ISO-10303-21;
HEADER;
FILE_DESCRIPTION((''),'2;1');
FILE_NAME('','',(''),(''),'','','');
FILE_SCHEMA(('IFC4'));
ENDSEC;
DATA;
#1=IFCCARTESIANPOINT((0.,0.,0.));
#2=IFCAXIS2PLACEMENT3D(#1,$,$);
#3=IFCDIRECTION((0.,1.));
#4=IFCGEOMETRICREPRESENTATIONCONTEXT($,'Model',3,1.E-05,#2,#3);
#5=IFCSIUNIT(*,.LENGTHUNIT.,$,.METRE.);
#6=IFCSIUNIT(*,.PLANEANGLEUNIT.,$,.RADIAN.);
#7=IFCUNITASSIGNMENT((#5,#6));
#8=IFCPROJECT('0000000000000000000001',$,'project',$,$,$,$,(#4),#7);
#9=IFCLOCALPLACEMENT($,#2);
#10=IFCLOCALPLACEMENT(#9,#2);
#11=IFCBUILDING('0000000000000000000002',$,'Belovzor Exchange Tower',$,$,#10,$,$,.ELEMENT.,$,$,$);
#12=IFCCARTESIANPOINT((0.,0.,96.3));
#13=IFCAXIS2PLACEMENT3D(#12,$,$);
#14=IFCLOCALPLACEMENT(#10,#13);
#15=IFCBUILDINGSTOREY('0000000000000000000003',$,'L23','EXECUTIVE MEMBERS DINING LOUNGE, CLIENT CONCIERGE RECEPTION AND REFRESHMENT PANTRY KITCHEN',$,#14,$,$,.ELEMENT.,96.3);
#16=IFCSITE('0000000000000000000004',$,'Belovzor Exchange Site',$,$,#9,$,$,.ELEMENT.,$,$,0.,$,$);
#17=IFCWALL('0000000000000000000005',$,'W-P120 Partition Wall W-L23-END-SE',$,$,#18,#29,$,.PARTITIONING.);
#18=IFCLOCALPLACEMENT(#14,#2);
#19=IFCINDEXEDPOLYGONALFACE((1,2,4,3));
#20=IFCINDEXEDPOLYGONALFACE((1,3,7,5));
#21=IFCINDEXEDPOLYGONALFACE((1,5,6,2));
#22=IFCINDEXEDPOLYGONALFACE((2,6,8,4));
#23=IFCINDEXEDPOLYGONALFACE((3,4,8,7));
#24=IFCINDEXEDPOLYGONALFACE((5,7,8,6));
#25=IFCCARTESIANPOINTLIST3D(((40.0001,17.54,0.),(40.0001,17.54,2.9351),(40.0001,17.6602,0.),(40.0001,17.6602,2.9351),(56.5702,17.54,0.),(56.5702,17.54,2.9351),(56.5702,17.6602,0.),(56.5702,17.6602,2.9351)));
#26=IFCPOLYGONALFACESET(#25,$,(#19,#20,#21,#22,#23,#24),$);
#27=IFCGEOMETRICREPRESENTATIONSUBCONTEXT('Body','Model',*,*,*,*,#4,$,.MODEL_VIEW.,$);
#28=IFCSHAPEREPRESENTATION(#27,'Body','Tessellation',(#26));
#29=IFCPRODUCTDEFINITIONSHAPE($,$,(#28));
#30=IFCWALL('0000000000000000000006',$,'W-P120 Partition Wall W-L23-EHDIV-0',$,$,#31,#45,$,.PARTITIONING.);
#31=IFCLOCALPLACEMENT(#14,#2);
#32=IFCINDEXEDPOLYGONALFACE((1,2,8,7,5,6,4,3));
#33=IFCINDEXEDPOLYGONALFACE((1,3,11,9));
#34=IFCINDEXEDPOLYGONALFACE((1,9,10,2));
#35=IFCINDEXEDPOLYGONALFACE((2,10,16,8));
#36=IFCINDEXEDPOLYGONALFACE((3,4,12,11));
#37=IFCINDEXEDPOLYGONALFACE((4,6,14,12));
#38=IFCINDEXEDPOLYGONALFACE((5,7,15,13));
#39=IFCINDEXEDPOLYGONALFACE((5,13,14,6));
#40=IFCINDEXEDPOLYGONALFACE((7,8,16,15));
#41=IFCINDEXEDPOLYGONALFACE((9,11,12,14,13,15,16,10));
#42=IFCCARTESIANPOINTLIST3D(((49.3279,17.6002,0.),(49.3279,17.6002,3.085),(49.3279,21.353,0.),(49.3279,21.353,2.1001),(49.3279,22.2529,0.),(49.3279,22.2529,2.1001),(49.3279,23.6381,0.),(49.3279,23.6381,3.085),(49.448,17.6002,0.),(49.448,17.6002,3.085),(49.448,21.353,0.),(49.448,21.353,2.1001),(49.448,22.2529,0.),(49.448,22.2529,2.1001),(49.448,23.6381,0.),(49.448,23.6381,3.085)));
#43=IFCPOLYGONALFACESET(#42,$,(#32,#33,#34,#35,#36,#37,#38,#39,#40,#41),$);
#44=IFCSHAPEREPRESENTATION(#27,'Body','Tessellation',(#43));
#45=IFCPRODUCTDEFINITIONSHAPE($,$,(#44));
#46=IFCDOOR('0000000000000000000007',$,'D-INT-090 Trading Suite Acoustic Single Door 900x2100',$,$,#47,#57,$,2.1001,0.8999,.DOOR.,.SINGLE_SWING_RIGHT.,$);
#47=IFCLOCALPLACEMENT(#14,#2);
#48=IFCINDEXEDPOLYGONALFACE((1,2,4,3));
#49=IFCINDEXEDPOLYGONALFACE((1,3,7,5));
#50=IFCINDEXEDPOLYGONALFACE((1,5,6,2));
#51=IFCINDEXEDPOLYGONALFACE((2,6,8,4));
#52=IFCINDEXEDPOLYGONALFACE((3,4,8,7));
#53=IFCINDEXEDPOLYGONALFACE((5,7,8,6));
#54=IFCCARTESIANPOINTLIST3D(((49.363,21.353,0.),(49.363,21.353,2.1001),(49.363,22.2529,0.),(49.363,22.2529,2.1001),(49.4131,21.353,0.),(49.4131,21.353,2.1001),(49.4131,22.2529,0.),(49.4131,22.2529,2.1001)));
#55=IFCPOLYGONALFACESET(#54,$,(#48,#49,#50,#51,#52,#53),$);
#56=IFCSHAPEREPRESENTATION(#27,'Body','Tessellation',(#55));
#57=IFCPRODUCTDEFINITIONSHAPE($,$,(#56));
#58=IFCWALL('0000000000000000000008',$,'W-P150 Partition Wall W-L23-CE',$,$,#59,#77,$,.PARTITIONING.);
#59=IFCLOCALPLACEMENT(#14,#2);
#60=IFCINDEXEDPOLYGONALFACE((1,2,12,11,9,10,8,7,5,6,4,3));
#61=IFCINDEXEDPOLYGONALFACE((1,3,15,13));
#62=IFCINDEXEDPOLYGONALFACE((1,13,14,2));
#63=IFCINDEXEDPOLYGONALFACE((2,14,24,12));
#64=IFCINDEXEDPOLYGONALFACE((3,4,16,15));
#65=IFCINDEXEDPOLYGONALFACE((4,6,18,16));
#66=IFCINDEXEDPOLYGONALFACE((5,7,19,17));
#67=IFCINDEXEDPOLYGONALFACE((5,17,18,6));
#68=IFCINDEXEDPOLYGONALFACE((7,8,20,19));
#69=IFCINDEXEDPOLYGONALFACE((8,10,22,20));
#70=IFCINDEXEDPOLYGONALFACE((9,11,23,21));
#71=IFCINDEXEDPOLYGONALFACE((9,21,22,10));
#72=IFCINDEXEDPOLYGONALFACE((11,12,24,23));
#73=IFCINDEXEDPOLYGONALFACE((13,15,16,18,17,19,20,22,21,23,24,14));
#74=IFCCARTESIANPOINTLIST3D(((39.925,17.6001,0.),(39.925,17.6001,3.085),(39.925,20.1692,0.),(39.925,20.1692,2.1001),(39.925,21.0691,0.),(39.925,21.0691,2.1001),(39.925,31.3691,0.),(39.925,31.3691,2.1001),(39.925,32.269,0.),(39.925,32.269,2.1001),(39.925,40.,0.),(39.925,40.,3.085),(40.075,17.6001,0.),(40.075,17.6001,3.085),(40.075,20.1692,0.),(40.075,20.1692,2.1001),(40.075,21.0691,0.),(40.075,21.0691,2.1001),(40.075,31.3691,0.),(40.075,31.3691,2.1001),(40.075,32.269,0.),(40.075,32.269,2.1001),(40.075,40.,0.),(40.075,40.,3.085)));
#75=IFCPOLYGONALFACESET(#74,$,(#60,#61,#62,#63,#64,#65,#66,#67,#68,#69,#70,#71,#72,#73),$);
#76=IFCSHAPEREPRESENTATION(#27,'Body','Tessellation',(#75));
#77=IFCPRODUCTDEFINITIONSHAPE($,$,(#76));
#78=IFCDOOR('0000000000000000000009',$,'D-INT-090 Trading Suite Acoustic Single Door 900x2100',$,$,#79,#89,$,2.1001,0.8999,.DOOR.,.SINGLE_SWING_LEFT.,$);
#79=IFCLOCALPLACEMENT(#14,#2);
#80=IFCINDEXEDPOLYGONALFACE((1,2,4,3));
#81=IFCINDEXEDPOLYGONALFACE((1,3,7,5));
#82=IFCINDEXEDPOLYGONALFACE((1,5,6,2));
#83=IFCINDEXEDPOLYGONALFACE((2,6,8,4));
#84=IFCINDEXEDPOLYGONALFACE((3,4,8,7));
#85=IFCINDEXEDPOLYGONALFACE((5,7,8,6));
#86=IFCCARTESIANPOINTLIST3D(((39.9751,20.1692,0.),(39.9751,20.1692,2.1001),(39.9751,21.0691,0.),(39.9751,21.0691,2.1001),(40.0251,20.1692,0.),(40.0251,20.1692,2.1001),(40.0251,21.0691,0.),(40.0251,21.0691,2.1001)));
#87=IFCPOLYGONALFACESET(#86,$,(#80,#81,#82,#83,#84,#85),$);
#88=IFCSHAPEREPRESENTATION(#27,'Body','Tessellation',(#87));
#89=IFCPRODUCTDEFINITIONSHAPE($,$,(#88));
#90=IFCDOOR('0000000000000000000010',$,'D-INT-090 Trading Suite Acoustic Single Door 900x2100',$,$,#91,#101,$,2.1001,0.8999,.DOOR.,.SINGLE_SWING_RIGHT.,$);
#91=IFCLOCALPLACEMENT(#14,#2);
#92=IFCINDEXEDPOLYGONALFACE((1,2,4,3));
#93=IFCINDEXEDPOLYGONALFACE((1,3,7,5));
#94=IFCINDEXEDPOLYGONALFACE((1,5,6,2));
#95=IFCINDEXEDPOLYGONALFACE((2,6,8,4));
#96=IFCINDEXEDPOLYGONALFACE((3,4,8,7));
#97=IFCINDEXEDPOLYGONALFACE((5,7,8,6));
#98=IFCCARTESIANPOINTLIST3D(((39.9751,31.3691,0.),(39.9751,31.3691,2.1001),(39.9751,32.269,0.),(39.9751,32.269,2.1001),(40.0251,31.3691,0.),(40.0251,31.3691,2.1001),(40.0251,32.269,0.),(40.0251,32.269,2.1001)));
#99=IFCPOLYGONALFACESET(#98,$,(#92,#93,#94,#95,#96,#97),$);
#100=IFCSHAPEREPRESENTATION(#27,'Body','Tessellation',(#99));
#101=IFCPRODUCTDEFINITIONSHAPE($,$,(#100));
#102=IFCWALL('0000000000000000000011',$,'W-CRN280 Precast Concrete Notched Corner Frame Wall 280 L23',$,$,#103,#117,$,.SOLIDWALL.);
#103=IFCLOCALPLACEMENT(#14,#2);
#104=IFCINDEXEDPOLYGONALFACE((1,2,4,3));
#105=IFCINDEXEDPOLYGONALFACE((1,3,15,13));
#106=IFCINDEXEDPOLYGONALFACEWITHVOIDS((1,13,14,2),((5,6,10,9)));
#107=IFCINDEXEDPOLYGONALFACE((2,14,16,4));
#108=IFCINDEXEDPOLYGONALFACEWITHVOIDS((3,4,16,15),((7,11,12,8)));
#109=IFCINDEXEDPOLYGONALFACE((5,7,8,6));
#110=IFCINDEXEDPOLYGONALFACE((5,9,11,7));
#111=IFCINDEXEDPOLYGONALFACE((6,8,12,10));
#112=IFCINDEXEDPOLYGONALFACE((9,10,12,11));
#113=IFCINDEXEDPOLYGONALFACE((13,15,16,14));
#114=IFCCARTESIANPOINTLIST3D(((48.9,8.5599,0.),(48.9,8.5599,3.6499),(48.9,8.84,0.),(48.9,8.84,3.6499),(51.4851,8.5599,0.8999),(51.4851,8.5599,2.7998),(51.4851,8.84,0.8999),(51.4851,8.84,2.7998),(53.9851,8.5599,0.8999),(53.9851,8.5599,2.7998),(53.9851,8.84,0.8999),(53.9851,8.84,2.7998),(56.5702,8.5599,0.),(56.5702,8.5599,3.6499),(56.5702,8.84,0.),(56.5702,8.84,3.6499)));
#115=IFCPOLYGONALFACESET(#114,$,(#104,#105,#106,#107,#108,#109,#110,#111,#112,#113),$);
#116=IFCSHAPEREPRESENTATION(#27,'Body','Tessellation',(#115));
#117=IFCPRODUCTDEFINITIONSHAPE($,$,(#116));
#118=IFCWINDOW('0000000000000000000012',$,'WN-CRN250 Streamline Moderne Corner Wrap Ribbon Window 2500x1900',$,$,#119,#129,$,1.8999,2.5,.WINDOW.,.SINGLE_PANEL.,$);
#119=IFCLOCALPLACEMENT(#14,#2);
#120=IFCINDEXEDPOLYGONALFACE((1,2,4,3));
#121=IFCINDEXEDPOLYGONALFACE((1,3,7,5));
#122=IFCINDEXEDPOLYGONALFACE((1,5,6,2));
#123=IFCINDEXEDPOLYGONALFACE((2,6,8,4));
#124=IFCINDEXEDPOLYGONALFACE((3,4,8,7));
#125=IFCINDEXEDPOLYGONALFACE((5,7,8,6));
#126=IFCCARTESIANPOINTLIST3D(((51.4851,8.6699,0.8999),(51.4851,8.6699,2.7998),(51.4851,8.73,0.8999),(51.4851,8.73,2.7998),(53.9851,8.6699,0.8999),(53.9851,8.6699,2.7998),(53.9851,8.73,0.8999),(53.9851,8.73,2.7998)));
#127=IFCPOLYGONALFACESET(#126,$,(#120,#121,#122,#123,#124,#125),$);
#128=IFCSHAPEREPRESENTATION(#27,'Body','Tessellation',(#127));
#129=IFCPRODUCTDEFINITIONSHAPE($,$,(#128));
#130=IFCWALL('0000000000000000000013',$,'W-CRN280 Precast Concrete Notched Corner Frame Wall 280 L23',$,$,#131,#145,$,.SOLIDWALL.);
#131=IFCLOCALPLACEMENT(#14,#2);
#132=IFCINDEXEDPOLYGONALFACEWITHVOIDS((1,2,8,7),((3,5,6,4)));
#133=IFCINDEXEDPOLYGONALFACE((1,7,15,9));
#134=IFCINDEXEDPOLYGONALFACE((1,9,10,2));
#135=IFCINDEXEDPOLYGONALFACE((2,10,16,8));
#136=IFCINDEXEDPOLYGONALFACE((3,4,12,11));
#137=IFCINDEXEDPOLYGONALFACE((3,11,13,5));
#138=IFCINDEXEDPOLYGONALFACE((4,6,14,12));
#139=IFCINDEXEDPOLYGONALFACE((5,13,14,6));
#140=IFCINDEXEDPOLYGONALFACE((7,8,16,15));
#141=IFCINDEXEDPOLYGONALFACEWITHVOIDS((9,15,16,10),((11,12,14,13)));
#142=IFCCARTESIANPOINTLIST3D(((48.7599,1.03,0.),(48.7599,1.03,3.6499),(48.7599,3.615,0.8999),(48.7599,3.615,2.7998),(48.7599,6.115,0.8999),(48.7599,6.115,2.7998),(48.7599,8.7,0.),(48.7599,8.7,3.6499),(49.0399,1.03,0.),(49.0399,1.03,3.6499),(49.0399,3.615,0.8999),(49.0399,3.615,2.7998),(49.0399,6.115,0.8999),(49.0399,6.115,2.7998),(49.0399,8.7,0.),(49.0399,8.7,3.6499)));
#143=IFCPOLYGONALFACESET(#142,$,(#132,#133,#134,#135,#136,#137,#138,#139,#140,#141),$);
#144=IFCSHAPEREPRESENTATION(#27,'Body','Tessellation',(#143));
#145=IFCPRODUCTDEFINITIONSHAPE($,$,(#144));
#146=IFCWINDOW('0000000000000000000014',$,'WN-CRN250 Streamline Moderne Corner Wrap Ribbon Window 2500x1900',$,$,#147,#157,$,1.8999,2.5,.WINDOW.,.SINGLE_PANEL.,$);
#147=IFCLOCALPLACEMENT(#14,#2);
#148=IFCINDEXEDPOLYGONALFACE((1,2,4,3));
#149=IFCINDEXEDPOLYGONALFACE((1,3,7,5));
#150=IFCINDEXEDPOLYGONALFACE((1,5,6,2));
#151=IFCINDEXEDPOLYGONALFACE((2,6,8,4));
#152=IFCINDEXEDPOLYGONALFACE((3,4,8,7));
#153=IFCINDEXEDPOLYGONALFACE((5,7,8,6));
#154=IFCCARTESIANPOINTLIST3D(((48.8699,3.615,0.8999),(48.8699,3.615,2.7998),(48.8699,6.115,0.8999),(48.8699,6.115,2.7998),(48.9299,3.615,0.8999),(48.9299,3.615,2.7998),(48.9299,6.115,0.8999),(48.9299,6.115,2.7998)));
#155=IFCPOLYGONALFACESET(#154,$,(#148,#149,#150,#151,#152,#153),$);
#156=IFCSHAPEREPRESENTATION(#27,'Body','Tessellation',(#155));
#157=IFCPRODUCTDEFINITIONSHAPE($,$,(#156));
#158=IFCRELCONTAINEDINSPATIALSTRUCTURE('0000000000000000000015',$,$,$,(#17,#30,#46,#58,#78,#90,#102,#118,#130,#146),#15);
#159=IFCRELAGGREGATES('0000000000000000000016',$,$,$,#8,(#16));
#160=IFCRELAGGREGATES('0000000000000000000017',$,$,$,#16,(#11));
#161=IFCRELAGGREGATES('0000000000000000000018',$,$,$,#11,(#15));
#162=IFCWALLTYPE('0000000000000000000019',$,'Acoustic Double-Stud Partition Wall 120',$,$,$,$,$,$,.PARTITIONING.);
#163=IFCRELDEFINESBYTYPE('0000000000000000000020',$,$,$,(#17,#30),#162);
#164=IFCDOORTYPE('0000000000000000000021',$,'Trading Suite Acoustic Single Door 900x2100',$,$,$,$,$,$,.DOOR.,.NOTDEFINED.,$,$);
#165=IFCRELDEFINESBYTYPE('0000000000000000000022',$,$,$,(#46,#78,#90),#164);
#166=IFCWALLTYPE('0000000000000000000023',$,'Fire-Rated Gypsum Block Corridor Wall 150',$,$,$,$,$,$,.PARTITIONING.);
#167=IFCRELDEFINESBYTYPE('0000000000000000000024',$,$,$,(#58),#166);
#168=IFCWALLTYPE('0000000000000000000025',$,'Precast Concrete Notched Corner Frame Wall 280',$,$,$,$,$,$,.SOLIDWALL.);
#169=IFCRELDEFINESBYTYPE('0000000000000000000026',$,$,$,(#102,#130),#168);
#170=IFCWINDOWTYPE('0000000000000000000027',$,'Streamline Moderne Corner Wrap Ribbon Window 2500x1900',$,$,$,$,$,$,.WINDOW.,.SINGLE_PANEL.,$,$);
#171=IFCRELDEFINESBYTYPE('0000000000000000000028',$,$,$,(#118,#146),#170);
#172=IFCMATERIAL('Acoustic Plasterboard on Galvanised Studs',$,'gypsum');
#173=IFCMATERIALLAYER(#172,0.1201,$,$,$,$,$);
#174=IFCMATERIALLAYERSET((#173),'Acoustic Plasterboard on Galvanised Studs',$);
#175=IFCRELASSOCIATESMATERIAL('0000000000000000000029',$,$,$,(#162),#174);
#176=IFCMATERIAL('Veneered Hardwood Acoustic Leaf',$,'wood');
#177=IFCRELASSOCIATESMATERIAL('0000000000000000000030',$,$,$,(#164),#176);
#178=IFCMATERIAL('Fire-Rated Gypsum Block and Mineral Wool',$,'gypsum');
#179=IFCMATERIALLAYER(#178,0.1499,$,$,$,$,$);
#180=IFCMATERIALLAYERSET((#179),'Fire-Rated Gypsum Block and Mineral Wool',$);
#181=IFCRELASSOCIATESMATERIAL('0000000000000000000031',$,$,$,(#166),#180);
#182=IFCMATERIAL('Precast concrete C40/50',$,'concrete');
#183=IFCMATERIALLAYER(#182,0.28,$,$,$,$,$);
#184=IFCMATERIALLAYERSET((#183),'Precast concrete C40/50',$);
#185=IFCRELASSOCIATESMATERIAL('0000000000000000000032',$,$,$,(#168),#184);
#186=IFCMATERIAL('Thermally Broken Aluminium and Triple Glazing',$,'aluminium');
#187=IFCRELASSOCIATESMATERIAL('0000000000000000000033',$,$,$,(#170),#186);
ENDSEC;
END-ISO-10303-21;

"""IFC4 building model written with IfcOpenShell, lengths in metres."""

from ifc_helpers import new_model, si_unit, direction, frame, frame_2d, origin, place, context, subcontext, project, spatial, rectangle, extrude, material, layer, layer_set, type_object, element, fill, save


model = new_model("IFC4")

# Units and contexts
model_context = context("Model", 3, precision=1e-05, world=origin(), true_north=direction((0.0, 1.0)))
body_context = subcontext(model_context, "Body", "Model", "MODEL_VIEW")
ifc_project = project(units=[si_unit("LENGTHUNIT", "METRE"), si_unit("PLANEANGLEUNIT", "RADIAN")], contexts=[model_context])

# Site, building, storey
site_placement = place(None, origin())
site = spatial("IfcSite", under=ifc_project, at=site_placement, Name="Belovzor Exchange Site", CompositionType="ELEMENT", RefElevation=0.0)
building_placement = place(site_placement, origin())
building = spatial("IfcBuilding", under=site, at=building_placement, Name="Belovzor Exchange Tower", CompositionType="ELEMENT")
storey_placement = place(building_placement, frame((0.0, 0.0, 96.3)))
storey = spatial("IfcBuildingStorey", under=building, at=storey_placement, Name="L23", Description="EXECUTIVE MEMBERS DINING LOUNGE, CLIENT CONCIERGE RECEPTION AND REFRESHMENT PANTRY KITCHEN", CompositionType="ELEMENT", Elevation=96.3)

# Wall
ifc_material_1 = material(Name="Acoustic Plasterboard on Galvanised Studs", Category="gypsum")
ifc_layer_1 = layer(ifc_material_1, 0.1201)
ifc_layer_set_1 = layer_set([ifc_layer_1], Name="Acoustic Plasterboard on Galvanised Studs")
wall_type_1 = type_object("IfcWallType", Name="Acoustic Double-Stud Partition Wall 120", PredefinedType="PARTITIONING", material=ifc_layer_set_1)
wall_1_placement = place(storey_placement, frame((40.0, 17.6001, 0.0), z_axis=(0.0, 0.0, 1.0), x_axis=(1.0, 0.0, 0.0)))
element("IfcWall", 1, at=wall_1_placement, inside=storey, type_object=wall_type_1, Name="W-P120 Partition Wall W-L23-END-SE", PredefinedType="PARTITIONING", context=body_context, shape_type="SweptSolid", body=[
    extrude(rectangle(XDim=16.5701, YDim=0.1201, at=frame_2d((8.2852, 0.0))), origin(), (0.0, 0.0, 1.0), 2.9351),
])

# Wall, opening, door
wall_2_placement = place(storey_placement, frame((49.3879, 17.6001, 0.0), z_axis=(0.0, 0.0, 1.0), x_axis=(0.0, 1.0, 0.0)))
wall_2 = element("IfcWall", 2, at=wall_2_placement, inside=storey, type_object=wall_type_1, Name="W-P120 Partition Wall W-L23-EHDIV-0", PredefinedType="PARTITIONING", context=body_context, shape_type="SweptSolid", body=[
    extrude(rectangle(XDim=6.0378, YDim=0.1201, at=frame_2d((3.019, 0.0))), origin(), (0.0, 0.0, 1.0), 3.085),
])
opening_1_placement = place(wall_2_placement, frame((3.7529, 0.0, 0.0)))
opening_1 = element("IfcOpeningElement", 3, at=opening_1_placement, cuts=wall_2, PredefinedType="OPENING", context=body_context, shape_type="SweptSolid", body=[
    extrude(rectangle(XDim=0.8999, YDim=2.1001, at=frame_2d((0.45, 1.05))), frame((0.0, 0.0701, 0.0), z_axis=(0.0, -1.0, 0.0), x_axis=(1.0, 0.0, 0.0)), (0.0, 0.0, 1.0), 0.1401),
])
ifc_material_2 = material(Name="Veneered Hardwood Acoustic Leaf", Category="wood")
door_type_1 = type_object("IfcDoorType", Name="Trading Suite Acoustic Single Door 900x2100", OperationType="NOTDEFINED", PredefinedType="DOOR", material=ifc_material_2)
door_1_placement = place(opening_1_placement, origin())
door_1 = element("IfcDoor", 4, at=door_1_placement, inside=storey, type_object=door_type_1, Name="D-INT-090 Trading Suite Acoustic Single Door 900x2100", OperationType="SINGLE_SWING_RIGHT", OverallHeight=2.1001, OverallWidth=0.8999, PredefinedType="DOOR", context=body_context, shape_type="SweptSolid", body=[
    extrude(rectangle(XDim=0.8999, YDim=2.1001, at=frame_2d((0.45, 1.05))), frame((0.0, 0.0249, 0.0), z_axis=(0.0, -1.0, 0.0), x_axis=(1.0, 0.0, 0.0)), (0.0, 0.0, 1.0), 0.05),
])
fill(opening_1, door_1)

# Wall, openings, doors
ifc_material_3 = material(Name="Fire-Rated Gypsum Block and Mineral Wool", Category="gypsum")
ifc_layer_2 = layer(ifc_material_3, 0.1499)
ifc_layer_set_2 = layer_set([ifc_layer_2], Name="Fire-Rated Gypsum Block and Mineral Wool")
wall_type_2 = type_object("IfcWallType", Name="Fire-Rated Gypsum Block Corridor Wall 150", PredefinedType="PARTITIONING", material=ifc_layer_set_2)
wall_3_placement = place(storey_placement, frame((40.0, 17.6001, 0.0), z_axis=(0.0, 0.0, 1.0), x_axis=(0.0, 1.0, 0.0)))
wall_3 = element("IfcWall", 5, at=wall_3_placement, inside=storey, type_object=wall_type_2, Name="W-P150 Partition Wall W-L23-CE", PredefinedType="PARTITIONING", context=body_context, shape_type="SweptSolid", body=[
    extrude(rectangle(XDim=22.3999, YDim=0.1499, at=frame_2d((11.2, 0.0))), origin(), (0.0, 0.0, 1.0), 3.085),
])
opening_2_placement = place(wall_3_placement, frame((2.5691, 0.0, 0.0)))
opening_2 = element("IfcOpeningElement", 6, at=opening_2_placement, cuts=wall_3, PredefinedType="OPENING", context=body_context, shape_type="SweptSolid", body=[
    extrude(rectangle(XDim=0.8999, YDim=2.1001, at=frame_2d((0.45, 1.05))), frame((0.0, 0.085, 0.0), z_axis=(0.0, -1.0, 0.0), x_axis=(1.0, 0.0, 0.0)), (0.0, 0.0, 1.0), 0.1699),
])
opening_3_placement = place(wall_3_placement, frame((13.769, 0.0, 0.0)))
opening_3 = element("IfcOpeningElement", 7, at=opening_3_placement, cuts=wall_3, PredefinedType="OPENING", context=body_context, shape_type="SweptSolid", body=[
    extrude(rectangle(XDim=0.8999, YDim=2.1001, at=frame_2d((0.45, 1.05))), frame((0.0, 0.085, 0.0), z_axis=(0.0, -1.0, 0.0), x_axis=(1.0, 0.0, 0.0)), (0.0, 0.0, 1.0), 0.1699),
])
door_2_placement = place(opening_2_placement, origin())
door_2 = element("IfcDoor", 8, at=door_2_placement, inside=storey, type_object=door_type_1, Name="D-INT-090 Trading Suite Acoustic Single Door 900x2100", OperationType="SINGLE_SWING_LEFT", OverallHeight=2.1001, OverallWidth=0.8999, PredefinedType="DOOR", context=body_context, shape_type="SweptSolid", body=[
    extrude(rectangle(XDim=0.8999, YDim=2.1001, at=frame_2d((0.45, 1.05))), frame((0.0, 0.0249, 0.0), z_axis=(0.0, -1.0, 0.0), x_axis=(1.0, 0.0, 0.0)), (0.0, 0.0, 1.0), 0.05),
])
fill(opening_2, door_2)
door_3_placement = place(opening_3_placement, origin())
door_3 = element("IfcDoor", 9, at=door_3_placement, inside=storey, type_object=door_type_1, Name="D-INT-090 Trading Suite Acoustic Single Door 900x2100", OperationType="SINGLE_SWING_RIGHT", OverallHeight=2.1001, OverallWidth=0.8999, PredefinedType="DOOR", context=body_context, shape_type="SweptSolid", body=[
    extrude(rectangle(XDim=0.8999, YDim=2.1001, at=frame_2d((0.45, 1.05))), frame((0.0, 0.0249, 0.0), z_axis=(0.0, -1.0, 0.0), x_axis=(1.0, 0.0, 0.0)), (0.0, 0.0, 1.0), 0.05),
])
fill(opening_3, door_3)

# Walls, openings, windows
ifc_material_4 = material(Name="Precast concrete C40/50", Category="concrete")
ifc_layer_3 = layer(ifc_material_4, 0.28)
ifc_layer_set_3 = layer_set([ifc_layer_3], Name="Precast concrete C40/50")
wall_type_3 = type_object("IfcWallType", Name="Precast Concrete Notched Corner Frame Wall 280", PredefinedType="SOLIDWALL", material=ifc_layer_set_3)
wall_4_placement = place(storey_placement, frame((56.5701, 8.7, 0.0), z_axis=(0.0, 0.0, 1.0), x_axis=(-1.0, 0.0, 0.0)))
wall_4 = element("IfcWall", 10, at=wall_4_placement, inside=storey, type_object=wall_type_3, Name="W-CRN280 Precast Concrete Notched Corner Frame Wall 280 L23", PredefinedType="SOLIDWALL", context=body_context, shape_type="SweptSolid", body=[
    extrude(rectangle(XDim=7.6702, YDim=0.28, at=frame_2d((3.835, 0.0))), origin(), (0.0, 0.0, 1.0), 3.6499),
])
opening_4_placement = place(wall_4_placement, frame((2.585, 0.0, 0.8999)))
opening_4 = element("IfcOpeningElement", 11, at=opening_4_placement, cuts=wall_4, PredefinedType="OPENING", context=body_context, shape_type="SweptSolid", body=[
    extrude(rectangle(XDim=2.5, YDim=1.8999, at=frame_2d((1.25, 0.95))), frame((0.0, 0.1499, 0.0), z_axis=(0.0, -1.0, 0.0), x_axis=(1.0, 0.0, 0.0)), (0.0, 0.0, 1.0), 0.3),
])
ifc_material_5 = material(Name="Thermally Broken Aluminium and Triple Glazing", Category="aluminium")
window_type = type_object("IfcWindowType", Name="Streamline Moderne Corner Wrap Ribbon Window 2500x1900", PartitioningType="SINGLE_PANEL", PredefinedType="WINDOW", material=ifc_material_5)
window_1_placement = place(opening_4_placement, origin())
window_1 = element("IfcWindow", 12, at=window_1_placement, inside=storey, type_object=window_type, Name="WN-CRN250 Streamline Moderne Corner Wrap Ribbon Window 2500x1900", OverallHeight=1.8999, OverallWidth=2.5, PartitioningType="SINGLE_PANEL", PredefinedType="WINDOW", context=body_context, shape_type="SweptSolid", body=[
    extrude(rectangle(XDim=2.5, YDim=1.8999, at=frame_2d((1.25, 0.95))), frame((0.0, 0.03, 0.0), z_axis=(0.0, -1.0, 0.0), x_axis=(1.0, 0.0, 0.0)), (0.0, 0.0, 1.0), 0.0601),
])
fill(opening_4, window_1)
wall_5_placement = place(storey_placement, frame((48.8999, 8.7, 0.0), z_axis=(0.0, 0.0, 1.0), x_axis=(0.0, -1.0, 0.0)))
wall_5 = element("IfcWall", 13, at=wall_5_placement, inside=storey, type_object=wall_type_3, Name="W-CRN280 Precast Concrete Notched Corner Frame Wall 280 L23", PredefinedType="SOLIDWALL", context=body_context, shape_type="SweptSolid", body=[
    extrude(rectangle(XDim=7.6699, YDim=0.28, at=frame_2d((3.835, 0.0))), origin(), (0.0, 0.0, 1.0), 3.6499),
])
opening_5_placement = place(wall_5_placement, frame((2.585, 0.0, 0.8999)))
opening_5 = element("IfcOpeningElement", 14, at=opening_5_placement, cuts=wall_5, PredefinedType="OPENING", context=body_context, shape_type="SweptSolid", body=[
    extrude(rectangle(XDim=2.5, YDim=1.8999, at=frame_2d((1.25, 0.95))), frame((0.0, 0.1499, 0.0), z_axis=(0.0, -1.0, 0.0), x_axis=(1.0, 0.0, 0.0)), (0.0, 0.0, 1.0), 0.3),
])
window_2_placement = place(opening_5_placement, origin())
window_2 = element("IfcWindow", 15, at=window_2_placement, inside=storey, type_object=window_type, Name="WN-CRN250 Streamline Moderne Corner Wrap Ribbon Window 2500x1900", OverallHeight=1.8999, OverallWidth=2.5, PartitioningType="SINGLE_PANEL", PredefinedType="WINDOW", context=body_context, shape_type="SweptSolid", body=[
    extrude(rectangle(XDim=2.5, YDim=1.8999, at=frame_2d((1.25, 0.95))), frame((0.0, 0.03, 0.0), z_axis=(0.0, -1.0, 0.0), x_axis=(1.0, 0.0, 0.0)), (0.0, 0.0, 1.0), 0.0601),
])
fill(opening_5, window_2)

save(model, "model.ifc")
